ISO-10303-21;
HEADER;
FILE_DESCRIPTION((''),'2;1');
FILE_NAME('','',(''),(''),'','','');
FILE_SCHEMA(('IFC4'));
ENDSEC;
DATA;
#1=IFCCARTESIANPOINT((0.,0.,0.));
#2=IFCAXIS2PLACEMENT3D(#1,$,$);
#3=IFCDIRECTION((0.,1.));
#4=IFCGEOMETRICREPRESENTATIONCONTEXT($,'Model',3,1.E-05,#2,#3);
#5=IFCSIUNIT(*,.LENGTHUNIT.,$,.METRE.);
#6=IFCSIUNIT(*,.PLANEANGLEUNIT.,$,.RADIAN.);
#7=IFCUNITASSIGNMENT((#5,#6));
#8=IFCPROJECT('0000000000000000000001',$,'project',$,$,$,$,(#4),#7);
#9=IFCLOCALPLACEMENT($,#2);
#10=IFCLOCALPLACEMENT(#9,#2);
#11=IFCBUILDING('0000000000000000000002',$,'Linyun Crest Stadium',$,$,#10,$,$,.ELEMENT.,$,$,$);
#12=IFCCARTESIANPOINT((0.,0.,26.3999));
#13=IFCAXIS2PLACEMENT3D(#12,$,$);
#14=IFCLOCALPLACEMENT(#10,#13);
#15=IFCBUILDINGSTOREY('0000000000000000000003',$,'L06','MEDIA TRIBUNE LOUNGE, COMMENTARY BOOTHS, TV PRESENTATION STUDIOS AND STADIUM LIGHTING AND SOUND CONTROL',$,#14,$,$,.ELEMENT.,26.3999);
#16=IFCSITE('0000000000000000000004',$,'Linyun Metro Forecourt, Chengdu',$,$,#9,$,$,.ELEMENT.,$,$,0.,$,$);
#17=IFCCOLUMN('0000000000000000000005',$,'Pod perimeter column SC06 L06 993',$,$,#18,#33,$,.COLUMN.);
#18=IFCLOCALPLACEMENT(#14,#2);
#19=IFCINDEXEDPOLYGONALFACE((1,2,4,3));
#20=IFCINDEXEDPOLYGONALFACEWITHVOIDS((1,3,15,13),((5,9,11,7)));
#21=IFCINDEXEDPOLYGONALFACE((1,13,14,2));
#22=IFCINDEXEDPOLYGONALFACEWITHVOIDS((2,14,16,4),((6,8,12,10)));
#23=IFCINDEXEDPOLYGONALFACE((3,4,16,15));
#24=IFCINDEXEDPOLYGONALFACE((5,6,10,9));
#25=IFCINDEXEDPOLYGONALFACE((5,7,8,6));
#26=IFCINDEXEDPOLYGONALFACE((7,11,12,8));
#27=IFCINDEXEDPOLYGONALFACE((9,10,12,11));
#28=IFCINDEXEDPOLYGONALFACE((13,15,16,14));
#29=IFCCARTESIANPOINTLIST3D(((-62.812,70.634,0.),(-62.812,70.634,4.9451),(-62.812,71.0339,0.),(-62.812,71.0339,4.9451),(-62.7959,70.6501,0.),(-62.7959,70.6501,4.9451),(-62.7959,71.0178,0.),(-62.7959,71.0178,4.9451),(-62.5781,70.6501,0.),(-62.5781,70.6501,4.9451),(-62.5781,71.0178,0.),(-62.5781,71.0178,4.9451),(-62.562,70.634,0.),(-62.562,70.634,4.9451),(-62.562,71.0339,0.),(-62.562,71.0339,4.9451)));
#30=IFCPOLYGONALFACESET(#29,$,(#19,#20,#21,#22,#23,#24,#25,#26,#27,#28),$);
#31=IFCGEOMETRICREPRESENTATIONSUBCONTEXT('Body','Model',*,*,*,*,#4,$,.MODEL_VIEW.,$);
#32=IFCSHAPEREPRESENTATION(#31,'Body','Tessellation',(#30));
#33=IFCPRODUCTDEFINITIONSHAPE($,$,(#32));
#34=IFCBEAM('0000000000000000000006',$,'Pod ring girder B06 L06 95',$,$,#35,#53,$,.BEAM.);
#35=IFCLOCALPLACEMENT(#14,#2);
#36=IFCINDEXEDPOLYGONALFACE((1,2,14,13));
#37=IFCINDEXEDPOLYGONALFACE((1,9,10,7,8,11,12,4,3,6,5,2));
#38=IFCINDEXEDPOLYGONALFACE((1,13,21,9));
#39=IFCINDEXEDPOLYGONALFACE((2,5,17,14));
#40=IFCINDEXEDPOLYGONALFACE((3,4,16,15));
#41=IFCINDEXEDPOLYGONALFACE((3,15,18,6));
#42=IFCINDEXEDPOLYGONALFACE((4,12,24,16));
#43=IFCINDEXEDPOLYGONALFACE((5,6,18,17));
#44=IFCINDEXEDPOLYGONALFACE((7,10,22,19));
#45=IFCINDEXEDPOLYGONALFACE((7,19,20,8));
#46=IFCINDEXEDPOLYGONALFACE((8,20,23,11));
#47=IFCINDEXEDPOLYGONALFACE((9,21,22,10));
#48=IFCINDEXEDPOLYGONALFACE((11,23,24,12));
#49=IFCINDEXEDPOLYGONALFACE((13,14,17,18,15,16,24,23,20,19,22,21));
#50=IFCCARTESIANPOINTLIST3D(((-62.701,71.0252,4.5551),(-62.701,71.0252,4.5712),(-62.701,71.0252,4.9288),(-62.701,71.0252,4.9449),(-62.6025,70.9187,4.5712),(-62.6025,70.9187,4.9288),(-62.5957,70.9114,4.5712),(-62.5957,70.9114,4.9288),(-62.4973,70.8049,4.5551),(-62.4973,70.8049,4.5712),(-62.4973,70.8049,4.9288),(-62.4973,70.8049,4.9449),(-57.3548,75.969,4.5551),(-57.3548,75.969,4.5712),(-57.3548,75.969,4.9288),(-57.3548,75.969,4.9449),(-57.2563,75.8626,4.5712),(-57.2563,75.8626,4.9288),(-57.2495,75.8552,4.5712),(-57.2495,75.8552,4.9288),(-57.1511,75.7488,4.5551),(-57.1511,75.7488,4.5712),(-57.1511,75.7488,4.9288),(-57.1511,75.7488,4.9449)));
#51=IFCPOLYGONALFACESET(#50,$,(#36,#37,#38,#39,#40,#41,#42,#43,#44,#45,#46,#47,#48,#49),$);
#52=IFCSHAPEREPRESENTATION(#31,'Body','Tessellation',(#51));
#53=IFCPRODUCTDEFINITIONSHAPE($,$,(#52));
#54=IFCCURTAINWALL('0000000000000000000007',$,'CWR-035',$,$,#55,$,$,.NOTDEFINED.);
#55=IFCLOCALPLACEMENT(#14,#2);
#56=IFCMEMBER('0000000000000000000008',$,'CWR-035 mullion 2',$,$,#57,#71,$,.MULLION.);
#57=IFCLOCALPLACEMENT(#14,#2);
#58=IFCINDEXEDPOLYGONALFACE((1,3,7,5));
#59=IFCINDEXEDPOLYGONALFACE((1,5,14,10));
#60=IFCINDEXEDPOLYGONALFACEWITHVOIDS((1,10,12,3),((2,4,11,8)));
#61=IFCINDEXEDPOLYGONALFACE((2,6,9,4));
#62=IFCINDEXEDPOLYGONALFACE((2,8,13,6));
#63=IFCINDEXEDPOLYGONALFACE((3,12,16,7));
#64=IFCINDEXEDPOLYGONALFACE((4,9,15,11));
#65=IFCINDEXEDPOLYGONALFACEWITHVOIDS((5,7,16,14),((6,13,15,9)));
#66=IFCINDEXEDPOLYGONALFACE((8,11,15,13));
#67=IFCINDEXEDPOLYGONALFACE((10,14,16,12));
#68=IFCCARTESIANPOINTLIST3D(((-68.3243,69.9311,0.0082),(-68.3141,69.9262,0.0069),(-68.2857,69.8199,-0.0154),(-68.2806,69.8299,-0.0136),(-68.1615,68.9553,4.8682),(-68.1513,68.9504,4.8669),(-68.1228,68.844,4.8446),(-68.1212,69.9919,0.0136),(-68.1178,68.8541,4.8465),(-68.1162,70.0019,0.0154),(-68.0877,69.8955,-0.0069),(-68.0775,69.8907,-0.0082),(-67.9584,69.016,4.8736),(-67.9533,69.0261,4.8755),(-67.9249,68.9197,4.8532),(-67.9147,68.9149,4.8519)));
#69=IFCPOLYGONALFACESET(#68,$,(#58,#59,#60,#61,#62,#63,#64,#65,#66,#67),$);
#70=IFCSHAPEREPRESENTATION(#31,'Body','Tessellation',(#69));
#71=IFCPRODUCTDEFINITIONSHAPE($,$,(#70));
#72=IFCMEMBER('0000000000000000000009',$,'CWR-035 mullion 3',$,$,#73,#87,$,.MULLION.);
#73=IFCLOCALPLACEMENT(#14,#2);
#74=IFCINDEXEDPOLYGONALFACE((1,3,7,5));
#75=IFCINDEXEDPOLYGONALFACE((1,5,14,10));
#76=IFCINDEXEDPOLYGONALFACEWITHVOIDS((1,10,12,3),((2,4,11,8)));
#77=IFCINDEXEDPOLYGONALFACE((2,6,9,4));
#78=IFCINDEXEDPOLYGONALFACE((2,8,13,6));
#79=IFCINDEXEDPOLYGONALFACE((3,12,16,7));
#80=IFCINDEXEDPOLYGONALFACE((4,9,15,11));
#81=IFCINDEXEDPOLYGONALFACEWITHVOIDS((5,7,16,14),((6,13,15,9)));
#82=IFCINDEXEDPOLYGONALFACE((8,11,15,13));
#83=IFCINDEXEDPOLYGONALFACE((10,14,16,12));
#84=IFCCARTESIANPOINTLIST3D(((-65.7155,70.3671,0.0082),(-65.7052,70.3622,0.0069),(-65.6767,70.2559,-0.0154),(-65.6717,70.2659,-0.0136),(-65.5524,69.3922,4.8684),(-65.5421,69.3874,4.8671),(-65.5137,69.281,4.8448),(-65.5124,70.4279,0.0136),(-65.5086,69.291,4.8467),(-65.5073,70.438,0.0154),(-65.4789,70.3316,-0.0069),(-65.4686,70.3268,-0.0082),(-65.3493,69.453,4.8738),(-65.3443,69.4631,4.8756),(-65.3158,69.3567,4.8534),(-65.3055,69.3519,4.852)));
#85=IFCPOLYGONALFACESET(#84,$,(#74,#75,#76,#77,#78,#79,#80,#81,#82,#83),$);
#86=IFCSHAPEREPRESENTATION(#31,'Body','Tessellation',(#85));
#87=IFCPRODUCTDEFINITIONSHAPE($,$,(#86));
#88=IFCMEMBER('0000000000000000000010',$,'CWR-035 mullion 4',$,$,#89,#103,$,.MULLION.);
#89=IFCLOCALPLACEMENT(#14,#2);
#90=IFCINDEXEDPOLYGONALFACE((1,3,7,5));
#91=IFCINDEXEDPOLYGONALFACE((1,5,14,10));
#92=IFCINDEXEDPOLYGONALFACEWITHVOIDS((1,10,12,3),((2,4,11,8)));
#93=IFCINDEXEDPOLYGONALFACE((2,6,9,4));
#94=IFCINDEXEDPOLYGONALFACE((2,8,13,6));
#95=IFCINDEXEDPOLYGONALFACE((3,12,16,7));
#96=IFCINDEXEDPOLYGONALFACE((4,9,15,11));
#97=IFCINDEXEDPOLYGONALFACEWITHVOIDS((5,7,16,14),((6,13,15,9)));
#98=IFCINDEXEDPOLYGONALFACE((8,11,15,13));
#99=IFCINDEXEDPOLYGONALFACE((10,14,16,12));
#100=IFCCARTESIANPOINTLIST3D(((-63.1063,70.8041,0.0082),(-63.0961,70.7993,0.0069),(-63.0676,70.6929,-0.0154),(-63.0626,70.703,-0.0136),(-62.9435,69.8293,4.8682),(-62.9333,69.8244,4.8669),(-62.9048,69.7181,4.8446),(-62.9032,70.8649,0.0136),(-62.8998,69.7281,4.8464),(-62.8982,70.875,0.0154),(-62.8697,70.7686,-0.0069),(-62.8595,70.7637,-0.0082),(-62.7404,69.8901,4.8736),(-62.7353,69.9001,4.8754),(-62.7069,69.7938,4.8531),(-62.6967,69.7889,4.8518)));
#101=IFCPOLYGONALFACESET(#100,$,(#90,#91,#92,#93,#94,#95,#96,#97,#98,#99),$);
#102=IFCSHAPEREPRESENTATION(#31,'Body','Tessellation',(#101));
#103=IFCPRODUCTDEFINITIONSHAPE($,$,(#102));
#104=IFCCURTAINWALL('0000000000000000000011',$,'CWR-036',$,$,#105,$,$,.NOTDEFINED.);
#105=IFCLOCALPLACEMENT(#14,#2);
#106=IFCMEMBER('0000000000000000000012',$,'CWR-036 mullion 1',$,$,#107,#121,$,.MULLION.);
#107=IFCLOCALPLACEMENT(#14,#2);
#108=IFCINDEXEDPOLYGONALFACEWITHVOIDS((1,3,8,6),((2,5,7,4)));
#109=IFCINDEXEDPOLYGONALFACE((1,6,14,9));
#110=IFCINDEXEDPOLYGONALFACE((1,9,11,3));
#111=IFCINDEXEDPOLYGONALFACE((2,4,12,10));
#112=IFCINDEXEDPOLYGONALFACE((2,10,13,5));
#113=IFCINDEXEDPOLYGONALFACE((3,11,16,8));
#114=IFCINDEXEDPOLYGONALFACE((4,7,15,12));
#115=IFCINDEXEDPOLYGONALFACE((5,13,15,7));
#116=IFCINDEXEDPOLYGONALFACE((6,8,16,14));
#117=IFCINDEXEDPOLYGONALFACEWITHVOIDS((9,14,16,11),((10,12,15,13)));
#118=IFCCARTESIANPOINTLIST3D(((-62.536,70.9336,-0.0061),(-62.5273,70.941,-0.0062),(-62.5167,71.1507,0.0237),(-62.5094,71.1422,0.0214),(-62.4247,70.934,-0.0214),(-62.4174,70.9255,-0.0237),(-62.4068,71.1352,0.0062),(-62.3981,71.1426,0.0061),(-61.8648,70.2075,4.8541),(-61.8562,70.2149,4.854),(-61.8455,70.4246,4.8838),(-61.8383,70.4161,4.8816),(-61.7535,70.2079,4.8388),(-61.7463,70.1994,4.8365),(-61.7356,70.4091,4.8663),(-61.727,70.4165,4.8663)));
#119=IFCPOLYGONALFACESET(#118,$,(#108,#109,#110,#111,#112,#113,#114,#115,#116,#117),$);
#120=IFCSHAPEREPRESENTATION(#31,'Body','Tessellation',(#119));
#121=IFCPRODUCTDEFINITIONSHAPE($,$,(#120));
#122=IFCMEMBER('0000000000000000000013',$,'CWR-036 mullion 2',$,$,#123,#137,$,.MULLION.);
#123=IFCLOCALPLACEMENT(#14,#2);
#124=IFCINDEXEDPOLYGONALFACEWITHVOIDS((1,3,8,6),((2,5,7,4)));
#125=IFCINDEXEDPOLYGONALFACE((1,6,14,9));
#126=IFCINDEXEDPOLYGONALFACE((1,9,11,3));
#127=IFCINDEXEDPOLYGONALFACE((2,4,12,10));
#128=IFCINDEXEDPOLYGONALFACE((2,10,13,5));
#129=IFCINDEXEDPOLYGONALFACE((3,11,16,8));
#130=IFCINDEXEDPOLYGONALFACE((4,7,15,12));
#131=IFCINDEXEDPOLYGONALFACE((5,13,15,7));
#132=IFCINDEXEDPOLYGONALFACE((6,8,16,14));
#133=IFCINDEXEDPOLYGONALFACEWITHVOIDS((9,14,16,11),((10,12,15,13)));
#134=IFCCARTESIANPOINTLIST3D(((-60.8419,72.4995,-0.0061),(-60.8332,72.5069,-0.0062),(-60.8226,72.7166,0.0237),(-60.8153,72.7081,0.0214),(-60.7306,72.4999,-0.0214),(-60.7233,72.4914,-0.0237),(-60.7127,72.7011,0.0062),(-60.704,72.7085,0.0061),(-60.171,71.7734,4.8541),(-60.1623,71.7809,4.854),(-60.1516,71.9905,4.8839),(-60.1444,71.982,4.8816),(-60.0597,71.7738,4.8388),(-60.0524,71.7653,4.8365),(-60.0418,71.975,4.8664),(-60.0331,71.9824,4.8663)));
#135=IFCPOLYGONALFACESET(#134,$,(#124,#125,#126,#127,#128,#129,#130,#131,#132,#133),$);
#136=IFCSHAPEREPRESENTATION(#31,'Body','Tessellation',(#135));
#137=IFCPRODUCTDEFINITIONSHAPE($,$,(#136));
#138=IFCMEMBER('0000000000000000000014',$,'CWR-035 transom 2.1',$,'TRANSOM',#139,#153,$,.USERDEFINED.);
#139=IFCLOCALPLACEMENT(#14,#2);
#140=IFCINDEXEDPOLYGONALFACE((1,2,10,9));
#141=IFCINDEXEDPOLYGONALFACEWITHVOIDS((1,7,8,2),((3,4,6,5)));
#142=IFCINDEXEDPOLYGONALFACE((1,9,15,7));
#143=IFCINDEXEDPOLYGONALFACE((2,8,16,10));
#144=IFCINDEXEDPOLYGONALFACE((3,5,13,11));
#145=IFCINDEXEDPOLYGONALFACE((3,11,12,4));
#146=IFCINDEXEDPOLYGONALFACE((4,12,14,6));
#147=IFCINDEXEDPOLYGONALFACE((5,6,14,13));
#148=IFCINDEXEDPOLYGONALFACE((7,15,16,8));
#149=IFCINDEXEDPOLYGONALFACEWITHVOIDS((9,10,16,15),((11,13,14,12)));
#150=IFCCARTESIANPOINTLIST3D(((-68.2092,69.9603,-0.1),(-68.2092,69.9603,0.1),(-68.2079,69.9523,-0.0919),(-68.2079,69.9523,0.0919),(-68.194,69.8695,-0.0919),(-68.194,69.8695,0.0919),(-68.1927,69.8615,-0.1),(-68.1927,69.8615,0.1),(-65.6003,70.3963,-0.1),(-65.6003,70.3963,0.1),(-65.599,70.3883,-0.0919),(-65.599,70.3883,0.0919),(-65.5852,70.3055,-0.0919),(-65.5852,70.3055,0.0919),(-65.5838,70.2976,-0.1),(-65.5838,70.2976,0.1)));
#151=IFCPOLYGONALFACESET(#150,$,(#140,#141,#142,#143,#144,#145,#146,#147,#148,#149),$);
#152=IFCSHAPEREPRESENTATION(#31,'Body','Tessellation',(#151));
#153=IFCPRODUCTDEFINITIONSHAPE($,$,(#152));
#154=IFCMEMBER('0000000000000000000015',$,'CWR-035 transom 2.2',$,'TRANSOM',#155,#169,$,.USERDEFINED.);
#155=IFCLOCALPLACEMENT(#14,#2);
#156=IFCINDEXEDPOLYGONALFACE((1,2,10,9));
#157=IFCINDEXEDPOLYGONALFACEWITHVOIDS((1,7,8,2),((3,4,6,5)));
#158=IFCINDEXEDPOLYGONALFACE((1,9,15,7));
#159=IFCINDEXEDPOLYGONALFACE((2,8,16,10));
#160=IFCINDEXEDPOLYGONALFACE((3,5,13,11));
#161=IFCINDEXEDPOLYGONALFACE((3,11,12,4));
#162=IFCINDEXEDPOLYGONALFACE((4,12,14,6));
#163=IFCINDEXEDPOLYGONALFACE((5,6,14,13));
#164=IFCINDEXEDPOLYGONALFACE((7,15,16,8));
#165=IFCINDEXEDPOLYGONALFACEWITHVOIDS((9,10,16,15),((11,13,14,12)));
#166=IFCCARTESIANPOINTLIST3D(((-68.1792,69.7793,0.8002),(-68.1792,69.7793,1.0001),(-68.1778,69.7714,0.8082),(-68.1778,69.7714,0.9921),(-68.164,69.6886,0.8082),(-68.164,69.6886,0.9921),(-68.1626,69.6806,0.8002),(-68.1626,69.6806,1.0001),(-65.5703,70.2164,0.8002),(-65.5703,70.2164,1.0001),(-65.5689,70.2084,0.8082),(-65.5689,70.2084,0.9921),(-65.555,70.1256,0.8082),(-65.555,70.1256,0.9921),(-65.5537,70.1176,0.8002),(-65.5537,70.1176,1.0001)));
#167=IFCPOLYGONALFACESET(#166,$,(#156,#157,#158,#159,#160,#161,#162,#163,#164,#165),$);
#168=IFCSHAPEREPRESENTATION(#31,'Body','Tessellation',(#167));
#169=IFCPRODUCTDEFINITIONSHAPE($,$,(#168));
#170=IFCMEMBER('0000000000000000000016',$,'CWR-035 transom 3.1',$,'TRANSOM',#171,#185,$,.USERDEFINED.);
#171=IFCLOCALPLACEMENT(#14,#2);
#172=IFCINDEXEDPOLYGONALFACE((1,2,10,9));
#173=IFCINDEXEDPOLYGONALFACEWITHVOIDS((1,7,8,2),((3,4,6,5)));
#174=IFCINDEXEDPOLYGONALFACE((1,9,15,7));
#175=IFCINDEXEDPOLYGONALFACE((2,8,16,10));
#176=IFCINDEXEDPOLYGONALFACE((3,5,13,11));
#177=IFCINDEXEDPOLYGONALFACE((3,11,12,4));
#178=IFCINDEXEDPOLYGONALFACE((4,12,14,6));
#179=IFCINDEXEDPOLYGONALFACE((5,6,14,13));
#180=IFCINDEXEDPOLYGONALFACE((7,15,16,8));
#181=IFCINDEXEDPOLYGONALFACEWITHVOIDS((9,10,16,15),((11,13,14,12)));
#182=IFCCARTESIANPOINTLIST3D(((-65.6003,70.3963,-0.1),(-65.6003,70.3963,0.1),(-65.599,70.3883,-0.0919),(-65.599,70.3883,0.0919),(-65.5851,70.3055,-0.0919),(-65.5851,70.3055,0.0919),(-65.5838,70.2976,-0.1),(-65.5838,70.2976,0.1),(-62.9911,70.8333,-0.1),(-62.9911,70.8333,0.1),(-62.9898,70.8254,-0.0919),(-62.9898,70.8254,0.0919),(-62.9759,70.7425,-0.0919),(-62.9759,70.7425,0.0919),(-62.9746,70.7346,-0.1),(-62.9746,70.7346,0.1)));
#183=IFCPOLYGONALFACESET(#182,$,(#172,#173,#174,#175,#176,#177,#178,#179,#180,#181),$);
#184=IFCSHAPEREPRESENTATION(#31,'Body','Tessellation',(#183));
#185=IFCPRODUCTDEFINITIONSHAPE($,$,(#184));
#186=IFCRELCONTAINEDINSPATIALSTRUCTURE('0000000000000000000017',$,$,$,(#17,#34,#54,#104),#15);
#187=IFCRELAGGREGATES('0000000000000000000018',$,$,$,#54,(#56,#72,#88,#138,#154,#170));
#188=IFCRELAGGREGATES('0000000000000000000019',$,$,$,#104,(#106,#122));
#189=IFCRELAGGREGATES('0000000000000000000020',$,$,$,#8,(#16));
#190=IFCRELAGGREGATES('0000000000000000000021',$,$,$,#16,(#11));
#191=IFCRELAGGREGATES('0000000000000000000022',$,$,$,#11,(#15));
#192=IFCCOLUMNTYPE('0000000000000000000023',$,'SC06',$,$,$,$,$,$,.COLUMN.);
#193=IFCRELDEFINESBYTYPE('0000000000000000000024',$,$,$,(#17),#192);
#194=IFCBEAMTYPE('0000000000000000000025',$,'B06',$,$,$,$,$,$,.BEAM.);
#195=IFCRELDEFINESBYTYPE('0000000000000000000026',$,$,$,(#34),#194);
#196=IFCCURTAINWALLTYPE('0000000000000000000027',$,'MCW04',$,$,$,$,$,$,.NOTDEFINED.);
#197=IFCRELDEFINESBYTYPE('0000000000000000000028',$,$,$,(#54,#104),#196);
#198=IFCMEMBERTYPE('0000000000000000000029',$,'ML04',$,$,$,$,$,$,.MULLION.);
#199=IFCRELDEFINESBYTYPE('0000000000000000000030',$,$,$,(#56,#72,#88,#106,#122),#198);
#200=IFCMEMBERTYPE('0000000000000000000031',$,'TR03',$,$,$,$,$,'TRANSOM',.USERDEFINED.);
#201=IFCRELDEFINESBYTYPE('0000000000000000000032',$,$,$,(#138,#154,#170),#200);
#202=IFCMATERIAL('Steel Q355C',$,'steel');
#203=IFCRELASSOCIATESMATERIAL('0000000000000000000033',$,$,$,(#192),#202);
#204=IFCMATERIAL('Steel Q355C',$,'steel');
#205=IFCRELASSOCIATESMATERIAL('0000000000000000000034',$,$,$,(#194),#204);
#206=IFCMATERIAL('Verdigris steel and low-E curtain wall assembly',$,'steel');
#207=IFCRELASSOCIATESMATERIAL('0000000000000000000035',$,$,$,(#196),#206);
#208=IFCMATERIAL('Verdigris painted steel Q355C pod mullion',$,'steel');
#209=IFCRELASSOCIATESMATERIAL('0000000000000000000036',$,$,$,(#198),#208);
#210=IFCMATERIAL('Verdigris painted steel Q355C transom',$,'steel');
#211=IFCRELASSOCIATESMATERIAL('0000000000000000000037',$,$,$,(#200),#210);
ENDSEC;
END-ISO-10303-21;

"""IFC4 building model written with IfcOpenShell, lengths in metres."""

from ifc_helpers import new_model, si_unit, direction, frame, origin, origin_2d, place, context, subcontext, project, spatial, hollow_rectangle, i_section, extrude, material, material_profile, profile_set, type_object, element, aggregate, save


model = new_model("IFC4")

# Units and contexts
model_context = context("Model", 3, precision=1e-05, world=origin(), true_north=direction((0.0, 1.0)))
body_context = subcontext(model_context, "Body", "Model", "MODEL_VIEW")
ifc_project = project(units=[si_unit("LENGTHUNIT", "METRE"), si_unit("PLANEANGLEUNIT", "RADIAN")], contexts=[model_context])

# Site, building, storey
site_placement = place(None, origin())
site = spatial("IfcSite", under=ifc_project, at=site_placement, Name="Linyun Metro Forecourt, Chengdu", CompositionType="ELEMENT", RefElevation=0.0)
building_placement = place(site_placement, origin())
building = spatial("IfcBuilding", under=site, at=building_placement, Name="Linyun Crest Stadium", CompositionType="ELEMENT")
storey_placement = place(building_placement, frame((0.0, 0.0, 26.3999)))
storey = spatial("IfcBuildingStorey", under=building, at=storey_placement, Name="L06", Description="MEDIA TRIBUNE LOUNGE, COMMENTARY BOOTHS, TV PRESENTATION STUDIOS AND STADIUM LIGHTING AND SOUND CONTROL", CompositionType="ELEMENT", Elevation=26.3999)

# Column
ifc_material_1 = material(Name="Steel Q355C", Category="steel")
ifc_material_profile_1 = material_profile(ifc_material_1, hollow_rectangle(XDim=0.25, YDim=0.3999, WallThickness=0.0161, at=origin_2d()), Name="RHS 400x250x16")
ifc_profile_set_1 = profile_set([ifc_material_profile_1], Name="Steel Q355C")
column_type = type_object("IfcColumnType", Name="SC06", PredefinedType="COLUMN", material=ifc_profile_set_1)
column_placement = place(storey_placement, frame((-62.687, 70.834, 0.0), z_axis=(0.0, 0.0, 1.0), x_axis=(1.0, 0.0, 0.0)))
element("IfcColumn", 1, at=column_placement, inside=storey, type_object=column_type, Name="Pod perimeter column SC06 L06 993", PredefinedType="COLUMN", context=body_context, shape_type="SweptSolid", body=[
    extrude(hollow_rectangle(XDim=0.25, YDim=0.3999, WallThickness=0.0161, at=origin_2d()), origin(), (0.0, 0.0, 1.0), 4.9451),
])

# Beam
ifc_material_2 = material(Name="Steel Q355C", Category="steel")
ifc_material_profile_2 = material_profile(ifc_material_2, i_section(OverallWidth=0.3, OverallDepth=0.3899, WebThickness=0.01, FlangeThickness=0.0161, at=origin_2d()), Name="HM 390x300")
ifc_profile_set_2 = profile_set([ifc_material_profile_2], Name="Steel Q355C")
beam_type = type_object("IfcBeamType", Name="B06", PredefinedType="BEAM", material=ifc_profile_set_2)
beam_placement = place(storey_placement, frame((-62.5991, 70.915, 4.75), z_axis=(0.734194, 0.67894, 0.0), x_axis=(-0.67894, 0.734194, 0.0)))
element("IfcBeam", 2, at=beam_placement, inside=storey, type_object=beam_type, Name="Pod ring girder B06 L06 95", PredefinedType="BEAM", context=body_context, shape_type="SweptSolid", body=[
    extrude(i_section(OverallWidth=0.3, OverallDepth=0.3899, WebThickness=0.01, FlangeThickness=0.0161, at=origin_2d()), origin(), (0.0, 0.0, 1.0), 7.2817),
])

# Curtain walls, members
ifc_material_3 = material(Name="Verdigris steel and low-E curtain wall assembly", Category="steel")
curtain_wall_type = type_object("IfcCurtainWallType", Name="MCW04", PredefinedType="NOTDEFINED", material=ifc_material_3)
curtain_wall_1_placement = place(storey_placement, origin())
curtain_wall_1 = element("IfcCurtainWall", 3, at=curtain_wall_1_placement, inside=storey, type_object=curtain_wall_type, Name="CWR-035", PredefinedType="NOTDEFINED")
ifc_material_4 = material(Name="Verdigris painted steel Q355C pod mullion", Category="steel")
ifc_material_profile_3 = material_profile(ifc_material_4, hollow_rectangle(XDim=0.1201, YDim=0.22, WallThickness=0.0081, at=origin_2d()), Name="RHS 220x120x8")
ifc_profile_set_3 = profile_set([ifc_material_profile_3], Name="Verdigris painted steel Q355C pod mullion")
member_type_1 = type_object("IfcMemberType", Name="ML04", PredefinedType="MULLION", material=ifc_profile_set_3)
member_1_placement = place(storey_placement, frame((-68.2009, 69.9109, 0.0), z_axis=(0.032832, -0.196749, 0.979904), x_axis=(-0.321876, 0.926117, 0.196734)))
member_1 = element("IfcMember", 4, at=member_1_placement, type_object=member_type_1, Name="CWR-035 mullion 2", PredefinedType="MULLION", context=body_context, shape_type="SweptSolid", body=[
    extrude(hollow_rectangle(XDim=0.1201, YDim=0.22, WallThickness=0.0081, at=origin_2d()), origin(), (0.0, 0.0, 1.0), 4.9597),
])
member_2_placement = place(storey_placement, frame((-65.592, 70.3469, 0.0), z_axis=(0.032883, -0.196559, 0.97994), x_axis=(-0.322258, 0.926021, 0.196558)))
member_2 = element("IfcMember", 5, at=member_2_placement, type_object=member_type_1, Name="CWR-035 mullion 3", PredefinedType="MULLION", context=body_context, shape_type="SweptSolid", body=[
    extrude(hollow_rectangle(XDim=0.1201, YDim=0.22, WallThickness=0.0081, at=origin_2d()), origin(), (0.0, 0.0, 1.0), 4.9597),
])
member_3_placement = place(storey_placement, frame((-62.9829, 70.7839, 0.0), z_axis=(0.032834, -0.196559, 0.979942), x_axis=(-0.322033, 0.926101, 0.19655)))
member_3 = element("IfcMember", 6, at=member_3_placement, type_object=member_type_1, Name="CWR-035 mullion 4", PredefinedType="MULLION", context=body_context, shape_type="SweptSolid", body=[
    extrude(hollow_rectangle(XDim=0.1201, YDim=0.22, WallThickness=0.0081, at=origin_2d()), origin(), (0.0, 0.0, 1.0), 4.9595),
])
curtain_wall_2_placement = place(storey_placement, origin())
curtain_wall_2 = element("IfcCurtainWall", 7, at=curtain_wall_2_placement, inside=storey, type_object=curtain_wall_type, Name="CWR-036", PredefinedType="NOTDEFINED")
member_4_placement = place(storey_placement, frame((-62.467, 71.0381, 0.0), z_axis=(0.13532, -0.146396, 0.979927), x_axis=(-0.98691, 0.06766, 0.146392)))
member_4 = element("IfcMember", 8, at=member_4_placement, type_object=member_type_1, Name="CWR-036 mullion 1", PredefinedType="MULLION", context=body_context, shape_type="SweptSolid", body=[
    extrude(hollow_rectangle(XDim=0.1201, YDim=0.22, WallThickness=0.0081, at=origin_2d()), origin(), (0.0, 0.0, 1.0), 4.9597),
])
member_5_placement = place(storey_placement, frame((-60.7729, 72.604, 0.0), z_axis=(0.135272, -0.146397, 0.979933), x_axis=(-0.986901, 0.067842, 0.146369)))
member_5 = element("IfcMember", 9, at=member_5_placement, type_object=member_type_1, Name="CWR-036 mullion 2", PredefinedType="MULLION", context=body_context, shape_type="SweptSolid", body=[
    extrude(hollow_rectangle(XDim=0.1201, YDim=0.22, WallThickness=0.0081, at=origin_2d()), origin(), (0.0, 0.0, 1.0), 4.9597),
])

# Members
ifc_material_5 = material(Name="Verdigris painted steel Q355C transom", Category="steel")
ifc_material_profile_4 = material_profile(ifc_material_5, hollow_rectangle(XDim=0.1001, YDim=0.2, WallThickness=0.0081, at=origin_2d()), Name="RHS 200x100x8")
ifc_profile_set_4 = profile_set([ifc_material_profile_4], Name="Verdigris painted steel Q355C transom")
member_type_2 = type_object("IfcMemberType", Name="TR03", ElementType="TRANSOM", PredefinedType="USERDEFINED", material=ifc_profile_set_4)
member_6_placement = place(storey_placement, frame((-68.2009, 69.9109, 0.0), z_axis=(0.986319, 0.164848, 0.0), x_axis=(-0.164848, 0.986319, 0.0)))
member_6 = element("IfcMember", 10, at=member_6_placement, type_object=member_type_2, Name="CWR-035 transom 2.1", ObjectType="TRANSOM", PredefinedType="USERDEFINED", context=body_context, shape_type="SweptSolid", body=[
    extrude(hollow_rectangle(XDim=0.1001, YDim=0.2, WallThickness=0.0081, at=origin_2d()), origin(), (0.0, 0.0, 1.0), 2.645),
])
member_7_placement = place(storey_placement, frame((-68.1709, 69.73, 0.9001), z_axis=(0.986259, 0.165207, 0.0), x_axis=(-0.165207, 0.986259, 0.0)))
member_7 = element("IfcMember", 11, at=member_7_placement, type_object=member_type_2, Name="CWR-035 transom 2.2", ObjectType="TRANSOM", PredefinedType="USERDEFINED", context=body_context, shape_type="SweptSolid", body=[
    extrude(hollow_rectangle(XDim=0.1001, YDim=0.2, WallThickness=0.0081, at=origin_2d()), origin(), (0.0, 0.0, 1.0), 2.6453),
])
member_8_placement = place(storey_placement, frame((-65.592, 70.3469, 0.0), z_axis=(0.986261, 0.165192, 0.0), x_axis=(-0.165192, 0.986261, 0.0)))
member_8 = element("IfcMember", 12, at=member_8_placement, type_object=member_type_2, Name="CWR-035 transom 3.1", ObjectType="TRANSOM", PredefinedType="USERDEFINED", context=body_context, shape_type="SweptSolid", body=[
    extrude(hollow_rectangle(XDim=0.1001, YDim=0.2, WallThickness=0.0081, at=origin_2d()), origin(), (0.0, 0.0, 1.0), 2.6455),
])

aggregate(curtain_wall_1, [member_1, member_2, member_3, member_6, member_7, member_8])
aggregate(curtain_wall_2, [member_4, member_5])

save(model, "model.ifc")
